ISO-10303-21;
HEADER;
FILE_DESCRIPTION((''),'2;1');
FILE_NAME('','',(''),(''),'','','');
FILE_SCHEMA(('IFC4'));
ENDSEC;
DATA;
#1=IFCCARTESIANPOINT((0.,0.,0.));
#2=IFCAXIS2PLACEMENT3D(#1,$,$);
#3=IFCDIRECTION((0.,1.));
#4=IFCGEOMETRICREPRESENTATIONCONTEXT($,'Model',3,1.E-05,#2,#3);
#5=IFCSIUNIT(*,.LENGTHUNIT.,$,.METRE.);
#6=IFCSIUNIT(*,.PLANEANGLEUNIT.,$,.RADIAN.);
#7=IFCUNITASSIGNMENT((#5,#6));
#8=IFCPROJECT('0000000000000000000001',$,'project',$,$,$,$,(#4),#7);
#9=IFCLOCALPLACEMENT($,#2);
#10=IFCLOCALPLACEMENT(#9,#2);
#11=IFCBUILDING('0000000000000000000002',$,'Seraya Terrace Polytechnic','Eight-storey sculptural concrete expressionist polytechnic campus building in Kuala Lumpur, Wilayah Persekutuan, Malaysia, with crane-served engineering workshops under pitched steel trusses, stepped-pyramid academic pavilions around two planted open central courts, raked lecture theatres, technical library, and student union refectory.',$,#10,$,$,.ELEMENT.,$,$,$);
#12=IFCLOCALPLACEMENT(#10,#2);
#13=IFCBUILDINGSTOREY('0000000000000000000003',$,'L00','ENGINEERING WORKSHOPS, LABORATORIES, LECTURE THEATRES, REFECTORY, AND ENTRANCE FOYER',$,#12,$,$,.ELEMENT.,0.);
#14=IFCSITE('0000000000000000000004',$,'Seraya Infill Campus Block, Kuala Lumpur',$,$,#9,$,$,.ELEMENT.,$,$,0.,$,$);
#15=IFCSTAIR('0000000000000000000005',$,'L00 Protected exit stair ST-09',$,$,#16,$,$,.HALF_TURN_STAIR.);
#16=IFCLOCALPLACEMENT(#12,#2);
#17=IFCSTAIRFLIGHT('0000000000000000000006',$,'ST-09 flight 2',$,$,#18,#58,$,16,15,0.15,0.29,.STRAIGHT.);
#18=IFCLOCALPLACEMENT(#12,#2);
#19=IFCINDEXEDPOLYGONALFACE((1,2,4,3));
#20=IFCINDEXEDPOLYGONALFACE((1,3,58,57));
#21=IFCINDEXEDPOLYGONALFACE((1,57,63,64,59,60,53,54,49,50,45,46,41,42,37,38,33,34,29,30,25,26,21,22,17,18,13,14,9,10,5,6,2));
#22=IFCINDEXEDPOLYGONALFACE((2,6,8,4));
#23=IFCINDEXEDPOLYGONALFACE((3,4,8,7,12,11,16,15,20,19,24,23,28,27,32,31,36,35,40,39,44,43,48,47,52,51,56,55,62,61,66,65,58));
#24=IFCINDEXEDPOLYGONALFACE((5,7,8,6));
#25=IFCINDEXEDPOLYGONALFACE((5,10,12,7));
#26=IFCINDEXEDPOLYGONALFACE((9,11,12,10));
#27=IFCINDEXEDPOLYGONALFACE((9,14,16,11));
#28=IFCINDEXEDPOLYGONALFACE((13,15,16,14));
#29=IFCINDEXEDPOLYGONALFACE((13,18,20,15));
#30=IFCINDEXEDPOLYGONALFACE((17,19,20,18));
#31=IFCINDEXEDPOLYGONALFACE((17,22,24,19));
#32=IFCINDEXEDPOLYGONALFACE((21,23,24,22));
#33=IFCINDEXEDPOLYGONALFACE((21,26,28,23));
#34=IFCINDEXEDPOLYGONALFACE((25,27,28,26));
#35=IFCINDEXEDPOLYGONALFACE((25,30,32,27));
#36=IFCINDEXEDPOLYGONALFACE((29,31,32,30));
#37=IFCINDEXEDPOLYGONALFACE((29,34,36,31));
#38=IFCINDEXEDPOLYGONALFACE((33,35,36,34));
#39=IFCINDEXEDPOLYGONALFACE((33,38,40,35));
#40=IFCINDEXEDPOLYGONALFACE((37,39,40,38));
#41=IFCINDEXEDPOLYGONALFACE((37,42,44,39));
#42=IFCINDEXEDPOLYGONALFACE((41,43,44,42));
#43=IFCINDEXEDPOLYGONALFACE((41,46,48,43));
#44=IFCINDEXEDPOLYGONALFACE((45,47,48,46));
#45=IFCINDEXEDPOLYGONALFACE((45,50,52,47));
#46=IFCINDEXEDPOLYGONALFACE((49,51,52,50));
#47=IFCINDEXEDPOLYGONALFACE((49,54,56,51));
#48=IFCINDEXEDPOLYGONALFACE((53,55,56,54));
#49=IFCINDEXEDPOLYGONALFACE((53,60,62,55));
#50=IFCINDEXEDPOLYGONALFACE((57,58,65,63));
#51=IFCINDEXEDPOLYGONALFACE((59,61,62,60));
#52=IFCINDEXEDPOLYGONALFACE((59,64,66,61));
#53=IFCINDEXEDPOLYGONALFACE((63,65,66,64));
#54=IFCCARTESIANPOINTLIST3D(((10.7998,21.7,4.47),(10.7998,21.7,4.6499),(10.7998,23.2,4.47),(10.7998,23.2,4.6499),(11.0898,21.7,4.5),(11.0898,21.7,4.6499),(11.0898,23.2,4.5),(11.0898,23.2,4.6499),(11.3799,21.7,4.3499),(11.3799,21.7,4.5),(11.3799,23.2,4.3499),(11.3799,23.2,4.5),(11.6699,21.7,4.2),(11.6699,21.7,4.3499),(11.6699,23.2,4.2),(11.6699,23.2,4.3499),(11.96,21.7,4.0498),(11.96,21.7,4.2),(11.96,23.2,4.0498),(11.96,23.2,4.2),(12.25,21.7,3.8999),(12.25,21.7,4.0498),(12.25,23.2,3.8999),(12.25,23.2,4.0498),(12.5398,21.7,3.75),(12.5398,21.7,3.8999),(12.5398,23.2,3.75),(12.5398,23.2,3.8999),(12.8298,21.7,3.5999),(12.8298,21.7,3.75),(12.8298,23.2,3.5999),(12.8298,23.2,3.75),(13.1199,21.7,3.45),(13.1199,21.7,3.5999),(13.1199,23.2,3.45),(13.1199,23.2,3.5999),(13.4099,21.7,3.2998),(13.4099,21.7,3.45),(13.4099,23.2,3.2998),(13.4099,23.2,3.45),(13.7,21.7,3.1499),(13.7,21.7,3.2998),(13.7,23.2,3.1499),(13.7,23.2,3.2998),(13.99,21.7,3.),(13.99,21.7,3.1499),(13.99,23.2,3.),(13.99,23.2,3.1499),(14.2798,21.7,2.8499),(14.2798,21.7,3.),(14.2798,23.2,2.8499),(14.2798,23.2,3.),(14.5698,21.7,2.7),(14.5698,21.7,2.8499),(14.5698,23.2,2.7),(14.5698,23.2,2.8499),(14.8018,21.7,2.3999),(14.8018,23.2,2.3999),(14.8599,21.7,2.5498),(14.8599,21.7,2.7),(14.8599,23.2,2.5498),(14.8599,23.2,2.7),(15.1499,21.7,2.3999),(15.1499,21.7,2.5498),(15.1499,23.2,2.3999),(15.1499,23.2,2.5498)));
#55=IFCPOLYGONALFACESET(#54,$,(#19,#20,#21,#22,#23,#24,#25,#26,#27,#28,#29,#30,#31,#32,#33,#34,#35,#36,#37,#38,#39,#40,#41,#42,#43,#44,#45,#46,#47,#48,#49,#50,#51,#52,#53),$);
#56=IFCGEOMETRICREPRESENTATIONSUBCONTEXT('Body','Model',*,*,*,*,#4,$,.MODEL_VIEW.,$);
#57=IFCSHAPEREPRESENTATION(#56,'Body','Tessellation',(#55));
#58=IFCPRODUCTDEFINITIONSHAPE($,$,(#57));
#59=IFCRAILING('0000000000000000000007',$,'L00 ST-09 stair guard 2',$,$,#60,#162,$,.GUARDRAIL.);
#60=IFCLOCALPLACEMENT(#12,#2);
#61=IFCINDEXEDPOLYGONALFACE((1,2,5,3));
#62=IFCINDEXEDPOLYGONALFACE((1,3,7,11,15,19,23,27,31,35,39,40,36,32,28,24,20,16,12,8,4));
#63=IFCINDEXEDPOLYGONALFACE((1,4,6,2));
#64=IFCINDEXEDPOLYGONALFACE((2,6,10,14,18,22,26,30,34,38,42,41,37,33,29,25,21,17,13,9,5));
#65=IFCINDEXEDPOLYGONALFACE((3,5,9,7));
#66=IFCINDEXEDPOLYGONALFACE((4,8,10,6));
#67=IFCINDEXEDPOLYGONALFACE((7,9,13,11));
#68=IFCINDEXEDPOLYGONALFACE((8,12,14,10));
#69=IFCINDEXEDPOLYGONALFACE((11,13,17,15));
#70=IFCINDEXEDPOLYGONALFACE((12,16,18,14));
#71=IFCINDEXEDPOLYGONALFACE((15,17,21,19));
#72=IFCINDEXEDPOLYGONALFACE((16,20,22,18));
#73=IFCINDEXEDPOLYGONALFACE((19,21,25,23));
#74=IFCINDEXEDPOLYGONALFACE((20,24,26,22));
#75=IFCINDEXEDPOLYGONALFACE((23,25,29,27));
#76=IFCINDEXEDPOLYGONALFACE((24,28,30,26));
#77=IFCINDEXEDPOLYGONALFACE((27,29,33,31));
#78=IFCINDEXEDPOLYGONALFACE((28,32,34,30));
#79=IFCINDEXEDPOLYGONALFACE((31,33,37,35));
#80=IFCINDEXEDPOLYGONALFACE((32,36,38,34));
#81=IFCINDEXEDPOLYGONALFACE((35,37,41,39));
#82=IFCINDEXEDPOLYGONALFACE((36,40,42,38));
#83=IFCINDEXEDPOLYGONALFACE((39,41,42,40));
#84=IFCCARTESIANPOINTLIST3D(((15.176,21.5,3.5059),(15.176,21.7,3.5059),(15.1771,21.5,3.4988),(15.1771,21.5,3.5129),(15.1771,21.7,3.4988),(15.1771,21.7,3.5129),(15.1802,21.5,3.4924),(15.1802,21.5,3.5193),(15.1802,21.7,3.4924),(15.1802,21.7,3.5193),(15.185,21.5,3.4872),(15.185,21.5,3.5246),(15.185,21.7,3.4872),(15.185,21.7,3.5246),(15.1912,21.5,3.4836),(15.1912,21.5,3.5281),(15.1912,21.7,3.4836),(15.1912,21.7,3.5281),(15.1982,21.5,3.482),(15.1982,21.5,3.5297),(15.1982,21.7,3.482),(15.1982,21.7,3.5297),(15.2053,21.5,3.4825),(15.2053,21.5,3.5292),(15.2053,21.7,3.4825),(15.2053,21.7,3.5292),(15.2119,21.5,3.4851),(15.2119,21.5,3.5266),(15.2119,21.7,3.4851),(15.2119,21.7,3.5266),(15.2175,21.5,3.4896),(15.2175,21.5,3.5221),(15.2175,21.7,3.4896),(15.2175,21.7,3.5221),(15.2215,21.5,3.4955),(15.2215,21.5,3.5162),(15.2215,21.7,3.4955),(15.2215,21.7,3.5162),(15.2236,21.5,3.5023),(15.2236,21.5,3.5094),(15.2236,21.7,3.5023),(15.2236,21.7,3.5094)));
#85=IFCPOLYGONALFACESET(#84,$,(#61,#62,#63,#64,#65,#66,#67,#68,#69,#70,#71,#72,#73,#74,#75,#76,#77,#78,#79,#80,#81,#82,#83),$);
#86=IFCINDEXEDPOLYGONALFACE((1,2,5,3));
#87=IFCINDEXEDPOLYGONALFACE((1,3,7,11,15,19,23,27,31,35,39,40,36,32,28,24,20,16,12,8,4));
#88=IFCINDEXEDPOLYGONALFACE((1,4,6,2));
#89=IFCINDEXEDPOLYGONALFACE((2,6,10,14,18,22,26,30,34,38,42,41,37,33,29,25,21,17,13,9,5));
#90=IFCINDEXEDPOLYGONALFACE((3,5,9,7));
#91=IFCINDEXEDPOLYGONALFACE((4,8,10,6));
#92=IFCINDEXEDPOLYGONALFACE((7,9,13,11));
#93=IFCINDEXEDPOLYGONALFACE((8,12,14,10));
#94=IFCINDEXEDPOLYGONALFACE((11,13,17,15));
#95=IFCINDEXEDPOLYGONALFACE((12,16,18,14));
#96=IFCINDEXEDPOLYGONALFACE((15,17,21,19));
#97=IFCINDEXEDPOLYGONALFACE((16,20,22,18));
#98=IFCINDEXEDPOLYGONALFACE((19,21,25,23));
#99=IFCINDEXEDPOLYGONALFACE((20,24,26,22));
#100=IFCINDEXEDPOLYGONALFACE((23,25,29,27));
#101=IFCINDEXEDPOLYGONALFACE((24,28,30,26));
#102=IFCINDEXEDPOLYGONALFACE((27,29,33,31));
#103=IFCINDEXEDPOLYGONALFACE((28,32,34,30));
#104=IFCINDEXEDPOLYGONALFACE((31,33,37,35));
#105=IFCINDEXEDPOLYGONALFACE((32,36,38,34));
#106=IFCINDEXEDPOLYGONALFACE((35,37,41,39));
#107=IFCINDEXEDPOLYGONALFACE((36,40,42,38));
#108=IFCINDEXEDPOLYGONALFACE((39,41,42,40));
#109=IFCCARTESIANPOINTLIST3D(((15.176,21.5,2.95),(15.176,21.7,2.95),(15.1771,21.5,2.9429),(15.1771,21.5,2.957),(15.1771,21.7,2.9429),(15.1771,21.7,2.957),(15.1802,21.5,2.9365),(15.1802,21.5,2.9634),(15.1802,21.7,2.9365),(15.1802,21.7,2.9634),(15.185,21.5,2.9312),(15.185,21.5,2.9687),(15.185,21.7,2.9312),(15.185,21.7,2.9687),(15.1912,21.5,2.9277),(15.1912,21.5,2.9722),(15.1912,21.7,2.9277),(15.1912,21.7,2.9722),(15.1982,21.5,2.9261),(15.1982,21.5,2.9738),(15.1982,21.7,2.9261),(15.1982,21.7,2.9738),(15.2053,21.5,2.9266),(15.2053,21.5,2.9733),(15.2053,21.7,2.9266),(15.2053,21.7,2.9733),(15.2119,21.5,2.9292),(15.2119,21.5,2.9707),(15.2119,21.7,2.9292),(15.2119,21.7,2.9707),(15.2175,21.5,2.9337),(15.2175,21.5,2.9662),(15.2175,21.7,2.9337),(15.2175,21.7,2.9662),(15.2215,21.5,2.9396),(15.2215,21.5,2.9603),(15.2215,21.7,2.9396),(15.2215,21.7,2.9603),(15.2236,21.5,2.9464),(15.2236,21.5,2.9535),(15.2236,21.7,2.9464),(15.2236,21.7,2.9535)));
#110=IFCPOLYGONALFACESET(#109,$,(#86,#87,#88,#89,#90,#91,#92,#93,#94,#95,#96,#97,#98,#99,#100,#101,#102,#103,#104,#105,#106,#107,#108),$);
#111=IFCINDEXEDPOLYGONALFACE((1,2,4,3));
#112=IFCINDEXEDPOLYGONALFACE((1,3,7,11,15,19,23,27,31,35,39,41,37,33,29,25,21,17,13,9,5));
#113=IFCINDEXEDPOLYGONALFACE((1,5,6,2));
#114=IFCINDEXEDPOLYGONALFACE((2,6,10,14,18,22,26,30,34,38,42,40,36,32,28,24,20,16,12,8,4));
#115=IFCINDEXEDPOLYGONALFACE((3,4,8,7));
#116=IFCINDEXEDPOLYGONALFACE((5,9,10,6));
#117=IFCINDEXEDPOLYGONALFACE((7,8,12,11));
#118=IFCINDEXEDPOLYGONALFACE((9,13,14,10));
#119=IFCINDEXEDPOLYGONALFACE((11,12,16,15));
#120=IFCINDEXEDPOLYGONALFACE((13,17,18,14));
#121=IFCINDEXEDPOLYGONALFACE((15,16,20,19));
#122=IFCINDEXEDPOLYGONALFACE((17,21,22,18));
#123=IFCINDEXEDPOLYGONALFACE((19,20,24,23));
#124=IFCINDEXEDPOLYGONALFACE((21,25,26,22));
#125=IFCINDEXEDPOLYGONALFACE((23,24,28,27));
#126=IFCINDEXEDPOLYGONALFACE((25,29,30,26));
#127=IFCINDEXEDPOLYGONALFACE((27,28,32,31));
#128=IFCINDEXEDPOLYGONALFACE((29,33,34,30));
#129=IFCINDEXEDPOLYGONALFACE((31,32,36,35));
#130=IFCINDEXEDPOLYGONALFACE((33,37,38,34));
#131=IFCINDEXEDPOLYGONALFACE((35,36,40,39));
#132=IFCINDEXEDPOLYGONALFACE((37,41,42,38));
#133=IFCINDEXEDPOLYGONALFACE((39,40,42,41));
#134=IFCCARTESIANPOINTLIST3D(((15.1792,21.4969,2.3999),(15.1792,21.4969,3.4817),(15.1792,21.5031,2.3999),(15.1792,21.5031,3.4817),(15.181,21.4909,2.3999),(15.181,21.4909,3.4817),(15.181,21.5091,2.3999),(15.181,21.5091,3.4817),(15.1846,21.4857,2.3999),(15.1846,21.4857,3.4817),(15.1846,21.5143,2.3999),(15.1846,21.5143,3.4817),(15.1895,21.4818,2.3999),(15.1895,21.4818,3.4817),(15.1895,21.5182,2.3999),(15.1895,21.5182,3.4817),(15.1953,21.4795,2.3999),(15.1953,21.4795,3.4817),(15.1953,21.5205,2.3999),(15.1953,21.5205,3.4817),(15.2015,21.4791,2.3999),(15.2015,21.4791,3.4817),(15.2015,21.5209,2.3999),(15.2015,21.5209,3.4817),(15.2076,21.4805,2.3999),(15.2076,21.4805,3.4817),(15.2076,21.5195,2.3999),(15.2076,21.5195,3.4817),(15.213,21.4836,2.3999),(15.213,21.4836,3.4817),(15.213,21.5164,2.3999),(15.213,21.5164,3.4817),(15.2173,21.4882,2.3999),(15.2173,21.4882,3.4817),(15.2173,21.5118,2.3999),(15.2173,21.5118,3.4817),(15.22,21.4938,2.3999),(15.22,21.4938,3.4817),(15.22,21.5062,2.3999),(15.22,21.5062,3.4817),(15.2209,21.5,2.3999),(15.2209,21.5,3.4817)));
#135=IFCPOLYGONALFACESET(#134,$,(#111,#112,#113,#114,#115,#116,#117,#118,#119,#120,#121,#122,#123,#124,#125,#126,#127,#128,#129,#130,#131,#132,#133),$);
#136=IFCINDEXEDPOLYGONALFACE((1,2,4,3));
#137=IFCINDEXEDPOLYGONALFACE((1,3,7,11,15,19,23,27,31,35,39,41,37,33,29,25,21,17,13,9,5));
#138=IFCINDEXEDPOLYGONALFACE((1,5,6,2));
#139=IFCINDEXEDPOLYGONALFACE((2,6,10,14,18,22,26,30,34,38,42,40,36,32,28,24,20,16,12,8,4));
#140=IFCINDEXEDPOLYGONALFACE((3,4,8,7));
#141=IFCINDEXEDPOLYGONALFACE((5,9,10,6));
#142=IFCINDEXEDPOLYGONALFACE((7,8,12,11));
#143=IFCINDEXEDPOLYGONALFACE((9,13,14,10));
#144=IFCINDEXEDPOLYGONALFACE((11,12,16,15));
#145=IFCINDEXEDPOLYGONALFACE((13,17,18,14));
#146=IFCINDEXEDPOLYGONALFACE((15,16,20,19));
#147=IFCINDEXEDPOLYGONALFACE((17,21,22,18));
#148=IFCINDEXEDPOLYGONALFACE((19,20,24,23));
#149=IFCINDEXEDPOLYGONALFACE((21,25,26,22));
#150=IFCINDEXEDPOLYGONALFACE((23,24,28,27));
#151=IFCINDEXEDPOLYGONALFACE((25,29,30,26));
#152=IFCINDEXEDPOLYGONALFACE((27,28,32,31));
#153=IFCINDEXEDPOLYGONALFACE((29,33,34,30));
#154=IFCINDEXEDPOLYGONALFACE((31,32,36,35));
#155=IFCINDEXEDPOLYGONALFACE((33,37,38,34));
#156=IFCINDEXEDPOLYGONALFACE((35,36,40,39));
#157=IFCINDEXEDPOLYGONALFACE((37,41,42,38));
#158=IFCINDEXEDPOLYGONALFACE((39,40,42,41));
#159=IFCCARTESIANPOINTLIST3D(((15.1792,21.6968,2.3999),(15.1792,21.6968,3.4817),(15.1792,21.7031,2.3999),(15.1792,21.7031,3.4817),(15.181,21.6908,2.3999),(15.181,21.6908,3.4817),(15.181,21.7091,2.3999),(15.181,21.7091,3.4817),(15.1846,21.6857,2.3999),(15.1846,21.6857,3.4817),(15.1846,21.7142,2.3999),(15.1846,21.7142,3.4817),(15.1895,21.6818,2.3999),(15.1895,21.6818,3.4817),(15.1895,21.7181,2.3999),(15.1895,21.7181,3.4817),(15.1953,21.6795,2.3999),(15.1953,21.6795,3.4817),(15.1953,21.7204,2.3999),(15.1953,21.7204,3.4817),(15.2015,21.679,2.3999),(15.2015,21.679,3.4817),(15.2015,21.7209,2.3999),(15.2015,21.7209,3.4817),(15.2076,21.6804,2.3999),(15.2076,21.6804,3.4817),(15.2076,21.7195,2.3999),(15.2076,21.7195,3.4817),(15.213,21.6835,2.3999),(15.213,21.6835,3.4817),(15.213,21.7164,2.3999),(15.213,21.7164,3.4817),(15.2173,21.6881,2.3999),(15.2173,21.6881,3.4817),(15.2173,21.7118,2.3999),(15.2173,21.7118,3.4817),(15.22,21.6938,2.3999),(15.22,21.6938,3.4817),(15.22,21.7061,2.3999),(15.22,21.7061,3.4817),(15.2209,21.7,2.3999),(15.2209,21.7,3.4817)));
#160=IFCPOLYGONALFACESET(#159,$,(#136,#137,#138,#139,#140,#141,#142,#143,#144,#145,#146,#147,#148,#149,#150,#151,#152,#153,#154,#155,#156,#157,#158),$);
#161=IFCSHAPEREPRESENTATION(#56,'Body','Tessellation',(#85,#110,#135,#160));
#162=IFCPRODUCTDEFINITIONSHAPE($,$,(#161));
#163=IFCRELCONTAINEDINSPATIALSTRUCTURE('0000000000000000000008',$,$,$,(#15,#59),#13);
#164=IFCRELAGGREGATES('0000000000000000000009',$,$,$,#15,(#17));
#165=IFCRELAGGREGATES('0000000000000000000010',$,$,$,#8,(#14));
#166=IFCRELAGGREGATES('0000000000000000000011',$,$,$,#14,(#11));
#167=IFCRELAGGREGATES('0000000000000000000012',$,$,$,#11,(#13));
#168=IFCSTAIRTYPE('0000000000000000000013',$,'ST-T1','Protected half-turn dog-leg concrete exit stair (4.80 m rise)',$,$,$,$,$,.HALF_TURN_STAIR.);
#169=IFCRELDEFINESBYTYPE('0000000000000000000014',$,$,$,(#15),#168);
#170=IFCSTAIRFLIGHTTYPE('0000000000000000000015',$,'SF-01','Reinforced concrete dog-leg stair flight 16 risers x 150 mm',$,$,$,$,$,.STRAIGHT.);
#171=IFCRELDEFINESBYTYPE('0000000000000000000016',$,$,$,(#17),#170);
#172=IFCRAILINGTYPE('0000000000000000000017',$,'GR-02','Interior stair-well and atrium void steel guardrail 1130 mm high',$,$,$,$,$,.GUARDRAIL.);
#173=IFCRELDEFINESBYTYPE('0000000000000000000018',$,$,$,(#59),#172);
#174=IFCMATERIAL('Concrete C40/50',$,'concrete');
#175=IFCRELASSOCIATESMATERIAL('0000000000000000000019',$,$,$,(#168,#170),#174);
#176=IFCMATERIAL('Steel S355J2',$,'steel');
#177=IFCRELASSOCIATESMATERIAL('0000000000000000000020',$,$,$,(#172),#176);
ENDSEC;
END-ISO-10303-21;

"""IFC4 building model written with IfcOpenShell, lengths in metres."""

from ifc_helpers import new_model, si_unit, direction, frame, origin, origin_2d, place, context, subcontext, project, spatial, polyline, circle, outline, extrude, material, type_object, element, aggregate, save


model = new_model("IFC4")

# Units and contexts
model_context = context("Model", 3, precision=1e-05, world=origin(), true_north=direction((0.0, 1.0)))
body_context = subcontext(model_context, "Body", "Model", "MODEL_VIEW")
ifc_project = project(units=[si_unit("LENGTHUNIT", "METRE"), si_unit("PLANEANGLEUNIT", "RADIAN")], contexts=[model_context])

# Site, building, storey
site_placement = place(None, origin())
site = spatial("IfcSite", under=ifc_project, at=site_placement, Name="Seraya Infill Campus Block, Kuala Lumpur", CompositionType="ELEMENT", RefElevation=0.0)
building_placement = place(site_placement, origin())
building = spatial("IfcBuilding", under=site, at=building_placement, Name="Seraya Terrace Polytechnic", Description="Eight-storey sculptural concrete expressionist polytechnic campus building in Kuala Lumpur, Wilayah Persekutuan, Malaysia, with crane-served engineering workshops under pitched steel trusses, stepped-pyramid academic pavilions around two planted open central courts, raked lecture theatres, technical library, and student union refectory.", CompositionType="ELEMENT")
storey_placement = place(building_placement, origin())
storey = spatial("IfcBuildingStorey", under=building, at=storey_placement, Name="L00", Description="ENGINEERING WORKSHOPS, LABORATORIES, LECTURE THEATRES, REFECTORY, AND ENTRANCE FOYER", CompositionType="ELEMENT", Elevation=0.0)

# Shared definitions
ifc_material_1 = material(Name="Concrete C40/50", Category="concrete")

# Shared definitions
ifc_material_2 = material(Name="Steel S355J2", Category="steel")

# Stair, stair flight
stair_type = type_object("IfcStairType", Name="ST-T1", Description="Protected half-turn dog-leg concrete exit stair (4.80 m rise)", PredefinedType="HALF_TURN_STAIR", material=ifc_material_1)
stair_placement = place(storey_placement, origin())
stair = element("IfcStair", 1, at=stair_placement, inside=storey, type_object=stair_type, Name="L00 Protected exit stair ST-09", PredefinedType="HALF_TURN_STAIR")
stair_flight_type = type_object("IfcStairFlightType", Name="SF-01", Description="Reinforced concrete dog-leg stair flight 16 risers x 150 mm", PredefinedType="STRAIGHT", material=ifc_material_1)
stair_flight_1_placement = place(storey_placement, frame((15.1499, 22.45, 2.3999), z_axis=(0.0, 0.0, 1.0), x_axis=(-1.0, 0.0, 0.0)))
stair_flight_1 = element("IfcStairFlight", 2, at=stair_flight_1_placement, type_object=stair_flight_type, Name="ST-09 flight 2", NumberOfRisers=16, NumberOfTreads=15, PredefinedType="STRAIGHT", RiserHeight=0.15, TreadLength=0.29, context=body_context, shape_type="SweptSolid", body=[
    extrude(outline(polyline([(0.0, 0.0), (0.0, 0.1499), (0.29, 0.1499), (0.29, 0.3), (0.5801, 0.3), (0.5801, 0.45), (0.8701, 0.45), (0.8701, 0.6001), (1.1599, 0.6001), (1.1599, 0.75), (1.45, 0.75), (1.45, 0.8999), (1.74, 0.8999), (1.74, 1.05), (2.03, 1.05), (2.03, 1.2), (2.3201, 1.2), (2.3201, 1.3501), (2.6101, 1.3501), (2.6101, 1.5), (2.8999, 1.5), (2.8999, 1.6499), (3.1899, 1.6499), (3.1899, 1.8), (3.48, 1.8), (3.48, 1.95), (3.77, 1.95), (3.77, 2.1001), (4.0601, 2.1001), (4.0601, 2.25), (4.3501, 2.25), (4.3501, 2.3999), (4.3501, 2.0701), (0.3481, 0.0), (0.0, 0.0)])), frame((0.0, 0.75, 0.0), z_axis=(0.0, -1.0, 0.0), x_axis=(1.0, 0.0, 0.0)), (0.0, 0.0, 1.0), 1.5),
])
aggregate(stair, [stair_flight_1])

# Railing
railing_type_1 = type_object("IfcRailingType", Name="GR-02", Description="Interior stair-well and atrium void steel guardrail 1130 mm high", PredefinedType="GUARDRAIL", material=ifc_material_2)
railing_1_placement = place(storey_placement, frame((15.2, 21.5, 2.3999)))
element("IfcRailing", 3, at=railing_1_placement, inside=storey, type_object=railing_type_1, Name="L00 ST-09 stair guard 2", PredefinedType="GUARDRAIL", context=body_context, shape_type="SweptSolid", body=[
    extrude(circle(Radius=0.0239, at=origin_2d()), frame((0.0, 0.0, 1.106), z_axis=(0.0, 1.0, 0.0), x_axis=(-1.0, 0.0, 0.0)), (0.0, 0.0, 1.0), 0.2),
    extrude(circle(Radius=0.0239, at=origin_2d()), frame((0.0, 0.0, 0.55), z_axis=(0.0, 1.0, 0.0), x_axis=(-1.0, 0.0, 0.0)), (0.0, 0.0, 1.0), 0.2),
    extrude(circle(Radius=0.021, at=origin_2d()), origin(), (0.0, 0.0, 1.0), 1.0818),
    extrude(circle(Radius=0.021, at=origin_2d()), frame((0.0, 0.2, 0.0)), (0.0, 0.0, 1.0), 1.0818),
])

save(model, "model.ifc")
